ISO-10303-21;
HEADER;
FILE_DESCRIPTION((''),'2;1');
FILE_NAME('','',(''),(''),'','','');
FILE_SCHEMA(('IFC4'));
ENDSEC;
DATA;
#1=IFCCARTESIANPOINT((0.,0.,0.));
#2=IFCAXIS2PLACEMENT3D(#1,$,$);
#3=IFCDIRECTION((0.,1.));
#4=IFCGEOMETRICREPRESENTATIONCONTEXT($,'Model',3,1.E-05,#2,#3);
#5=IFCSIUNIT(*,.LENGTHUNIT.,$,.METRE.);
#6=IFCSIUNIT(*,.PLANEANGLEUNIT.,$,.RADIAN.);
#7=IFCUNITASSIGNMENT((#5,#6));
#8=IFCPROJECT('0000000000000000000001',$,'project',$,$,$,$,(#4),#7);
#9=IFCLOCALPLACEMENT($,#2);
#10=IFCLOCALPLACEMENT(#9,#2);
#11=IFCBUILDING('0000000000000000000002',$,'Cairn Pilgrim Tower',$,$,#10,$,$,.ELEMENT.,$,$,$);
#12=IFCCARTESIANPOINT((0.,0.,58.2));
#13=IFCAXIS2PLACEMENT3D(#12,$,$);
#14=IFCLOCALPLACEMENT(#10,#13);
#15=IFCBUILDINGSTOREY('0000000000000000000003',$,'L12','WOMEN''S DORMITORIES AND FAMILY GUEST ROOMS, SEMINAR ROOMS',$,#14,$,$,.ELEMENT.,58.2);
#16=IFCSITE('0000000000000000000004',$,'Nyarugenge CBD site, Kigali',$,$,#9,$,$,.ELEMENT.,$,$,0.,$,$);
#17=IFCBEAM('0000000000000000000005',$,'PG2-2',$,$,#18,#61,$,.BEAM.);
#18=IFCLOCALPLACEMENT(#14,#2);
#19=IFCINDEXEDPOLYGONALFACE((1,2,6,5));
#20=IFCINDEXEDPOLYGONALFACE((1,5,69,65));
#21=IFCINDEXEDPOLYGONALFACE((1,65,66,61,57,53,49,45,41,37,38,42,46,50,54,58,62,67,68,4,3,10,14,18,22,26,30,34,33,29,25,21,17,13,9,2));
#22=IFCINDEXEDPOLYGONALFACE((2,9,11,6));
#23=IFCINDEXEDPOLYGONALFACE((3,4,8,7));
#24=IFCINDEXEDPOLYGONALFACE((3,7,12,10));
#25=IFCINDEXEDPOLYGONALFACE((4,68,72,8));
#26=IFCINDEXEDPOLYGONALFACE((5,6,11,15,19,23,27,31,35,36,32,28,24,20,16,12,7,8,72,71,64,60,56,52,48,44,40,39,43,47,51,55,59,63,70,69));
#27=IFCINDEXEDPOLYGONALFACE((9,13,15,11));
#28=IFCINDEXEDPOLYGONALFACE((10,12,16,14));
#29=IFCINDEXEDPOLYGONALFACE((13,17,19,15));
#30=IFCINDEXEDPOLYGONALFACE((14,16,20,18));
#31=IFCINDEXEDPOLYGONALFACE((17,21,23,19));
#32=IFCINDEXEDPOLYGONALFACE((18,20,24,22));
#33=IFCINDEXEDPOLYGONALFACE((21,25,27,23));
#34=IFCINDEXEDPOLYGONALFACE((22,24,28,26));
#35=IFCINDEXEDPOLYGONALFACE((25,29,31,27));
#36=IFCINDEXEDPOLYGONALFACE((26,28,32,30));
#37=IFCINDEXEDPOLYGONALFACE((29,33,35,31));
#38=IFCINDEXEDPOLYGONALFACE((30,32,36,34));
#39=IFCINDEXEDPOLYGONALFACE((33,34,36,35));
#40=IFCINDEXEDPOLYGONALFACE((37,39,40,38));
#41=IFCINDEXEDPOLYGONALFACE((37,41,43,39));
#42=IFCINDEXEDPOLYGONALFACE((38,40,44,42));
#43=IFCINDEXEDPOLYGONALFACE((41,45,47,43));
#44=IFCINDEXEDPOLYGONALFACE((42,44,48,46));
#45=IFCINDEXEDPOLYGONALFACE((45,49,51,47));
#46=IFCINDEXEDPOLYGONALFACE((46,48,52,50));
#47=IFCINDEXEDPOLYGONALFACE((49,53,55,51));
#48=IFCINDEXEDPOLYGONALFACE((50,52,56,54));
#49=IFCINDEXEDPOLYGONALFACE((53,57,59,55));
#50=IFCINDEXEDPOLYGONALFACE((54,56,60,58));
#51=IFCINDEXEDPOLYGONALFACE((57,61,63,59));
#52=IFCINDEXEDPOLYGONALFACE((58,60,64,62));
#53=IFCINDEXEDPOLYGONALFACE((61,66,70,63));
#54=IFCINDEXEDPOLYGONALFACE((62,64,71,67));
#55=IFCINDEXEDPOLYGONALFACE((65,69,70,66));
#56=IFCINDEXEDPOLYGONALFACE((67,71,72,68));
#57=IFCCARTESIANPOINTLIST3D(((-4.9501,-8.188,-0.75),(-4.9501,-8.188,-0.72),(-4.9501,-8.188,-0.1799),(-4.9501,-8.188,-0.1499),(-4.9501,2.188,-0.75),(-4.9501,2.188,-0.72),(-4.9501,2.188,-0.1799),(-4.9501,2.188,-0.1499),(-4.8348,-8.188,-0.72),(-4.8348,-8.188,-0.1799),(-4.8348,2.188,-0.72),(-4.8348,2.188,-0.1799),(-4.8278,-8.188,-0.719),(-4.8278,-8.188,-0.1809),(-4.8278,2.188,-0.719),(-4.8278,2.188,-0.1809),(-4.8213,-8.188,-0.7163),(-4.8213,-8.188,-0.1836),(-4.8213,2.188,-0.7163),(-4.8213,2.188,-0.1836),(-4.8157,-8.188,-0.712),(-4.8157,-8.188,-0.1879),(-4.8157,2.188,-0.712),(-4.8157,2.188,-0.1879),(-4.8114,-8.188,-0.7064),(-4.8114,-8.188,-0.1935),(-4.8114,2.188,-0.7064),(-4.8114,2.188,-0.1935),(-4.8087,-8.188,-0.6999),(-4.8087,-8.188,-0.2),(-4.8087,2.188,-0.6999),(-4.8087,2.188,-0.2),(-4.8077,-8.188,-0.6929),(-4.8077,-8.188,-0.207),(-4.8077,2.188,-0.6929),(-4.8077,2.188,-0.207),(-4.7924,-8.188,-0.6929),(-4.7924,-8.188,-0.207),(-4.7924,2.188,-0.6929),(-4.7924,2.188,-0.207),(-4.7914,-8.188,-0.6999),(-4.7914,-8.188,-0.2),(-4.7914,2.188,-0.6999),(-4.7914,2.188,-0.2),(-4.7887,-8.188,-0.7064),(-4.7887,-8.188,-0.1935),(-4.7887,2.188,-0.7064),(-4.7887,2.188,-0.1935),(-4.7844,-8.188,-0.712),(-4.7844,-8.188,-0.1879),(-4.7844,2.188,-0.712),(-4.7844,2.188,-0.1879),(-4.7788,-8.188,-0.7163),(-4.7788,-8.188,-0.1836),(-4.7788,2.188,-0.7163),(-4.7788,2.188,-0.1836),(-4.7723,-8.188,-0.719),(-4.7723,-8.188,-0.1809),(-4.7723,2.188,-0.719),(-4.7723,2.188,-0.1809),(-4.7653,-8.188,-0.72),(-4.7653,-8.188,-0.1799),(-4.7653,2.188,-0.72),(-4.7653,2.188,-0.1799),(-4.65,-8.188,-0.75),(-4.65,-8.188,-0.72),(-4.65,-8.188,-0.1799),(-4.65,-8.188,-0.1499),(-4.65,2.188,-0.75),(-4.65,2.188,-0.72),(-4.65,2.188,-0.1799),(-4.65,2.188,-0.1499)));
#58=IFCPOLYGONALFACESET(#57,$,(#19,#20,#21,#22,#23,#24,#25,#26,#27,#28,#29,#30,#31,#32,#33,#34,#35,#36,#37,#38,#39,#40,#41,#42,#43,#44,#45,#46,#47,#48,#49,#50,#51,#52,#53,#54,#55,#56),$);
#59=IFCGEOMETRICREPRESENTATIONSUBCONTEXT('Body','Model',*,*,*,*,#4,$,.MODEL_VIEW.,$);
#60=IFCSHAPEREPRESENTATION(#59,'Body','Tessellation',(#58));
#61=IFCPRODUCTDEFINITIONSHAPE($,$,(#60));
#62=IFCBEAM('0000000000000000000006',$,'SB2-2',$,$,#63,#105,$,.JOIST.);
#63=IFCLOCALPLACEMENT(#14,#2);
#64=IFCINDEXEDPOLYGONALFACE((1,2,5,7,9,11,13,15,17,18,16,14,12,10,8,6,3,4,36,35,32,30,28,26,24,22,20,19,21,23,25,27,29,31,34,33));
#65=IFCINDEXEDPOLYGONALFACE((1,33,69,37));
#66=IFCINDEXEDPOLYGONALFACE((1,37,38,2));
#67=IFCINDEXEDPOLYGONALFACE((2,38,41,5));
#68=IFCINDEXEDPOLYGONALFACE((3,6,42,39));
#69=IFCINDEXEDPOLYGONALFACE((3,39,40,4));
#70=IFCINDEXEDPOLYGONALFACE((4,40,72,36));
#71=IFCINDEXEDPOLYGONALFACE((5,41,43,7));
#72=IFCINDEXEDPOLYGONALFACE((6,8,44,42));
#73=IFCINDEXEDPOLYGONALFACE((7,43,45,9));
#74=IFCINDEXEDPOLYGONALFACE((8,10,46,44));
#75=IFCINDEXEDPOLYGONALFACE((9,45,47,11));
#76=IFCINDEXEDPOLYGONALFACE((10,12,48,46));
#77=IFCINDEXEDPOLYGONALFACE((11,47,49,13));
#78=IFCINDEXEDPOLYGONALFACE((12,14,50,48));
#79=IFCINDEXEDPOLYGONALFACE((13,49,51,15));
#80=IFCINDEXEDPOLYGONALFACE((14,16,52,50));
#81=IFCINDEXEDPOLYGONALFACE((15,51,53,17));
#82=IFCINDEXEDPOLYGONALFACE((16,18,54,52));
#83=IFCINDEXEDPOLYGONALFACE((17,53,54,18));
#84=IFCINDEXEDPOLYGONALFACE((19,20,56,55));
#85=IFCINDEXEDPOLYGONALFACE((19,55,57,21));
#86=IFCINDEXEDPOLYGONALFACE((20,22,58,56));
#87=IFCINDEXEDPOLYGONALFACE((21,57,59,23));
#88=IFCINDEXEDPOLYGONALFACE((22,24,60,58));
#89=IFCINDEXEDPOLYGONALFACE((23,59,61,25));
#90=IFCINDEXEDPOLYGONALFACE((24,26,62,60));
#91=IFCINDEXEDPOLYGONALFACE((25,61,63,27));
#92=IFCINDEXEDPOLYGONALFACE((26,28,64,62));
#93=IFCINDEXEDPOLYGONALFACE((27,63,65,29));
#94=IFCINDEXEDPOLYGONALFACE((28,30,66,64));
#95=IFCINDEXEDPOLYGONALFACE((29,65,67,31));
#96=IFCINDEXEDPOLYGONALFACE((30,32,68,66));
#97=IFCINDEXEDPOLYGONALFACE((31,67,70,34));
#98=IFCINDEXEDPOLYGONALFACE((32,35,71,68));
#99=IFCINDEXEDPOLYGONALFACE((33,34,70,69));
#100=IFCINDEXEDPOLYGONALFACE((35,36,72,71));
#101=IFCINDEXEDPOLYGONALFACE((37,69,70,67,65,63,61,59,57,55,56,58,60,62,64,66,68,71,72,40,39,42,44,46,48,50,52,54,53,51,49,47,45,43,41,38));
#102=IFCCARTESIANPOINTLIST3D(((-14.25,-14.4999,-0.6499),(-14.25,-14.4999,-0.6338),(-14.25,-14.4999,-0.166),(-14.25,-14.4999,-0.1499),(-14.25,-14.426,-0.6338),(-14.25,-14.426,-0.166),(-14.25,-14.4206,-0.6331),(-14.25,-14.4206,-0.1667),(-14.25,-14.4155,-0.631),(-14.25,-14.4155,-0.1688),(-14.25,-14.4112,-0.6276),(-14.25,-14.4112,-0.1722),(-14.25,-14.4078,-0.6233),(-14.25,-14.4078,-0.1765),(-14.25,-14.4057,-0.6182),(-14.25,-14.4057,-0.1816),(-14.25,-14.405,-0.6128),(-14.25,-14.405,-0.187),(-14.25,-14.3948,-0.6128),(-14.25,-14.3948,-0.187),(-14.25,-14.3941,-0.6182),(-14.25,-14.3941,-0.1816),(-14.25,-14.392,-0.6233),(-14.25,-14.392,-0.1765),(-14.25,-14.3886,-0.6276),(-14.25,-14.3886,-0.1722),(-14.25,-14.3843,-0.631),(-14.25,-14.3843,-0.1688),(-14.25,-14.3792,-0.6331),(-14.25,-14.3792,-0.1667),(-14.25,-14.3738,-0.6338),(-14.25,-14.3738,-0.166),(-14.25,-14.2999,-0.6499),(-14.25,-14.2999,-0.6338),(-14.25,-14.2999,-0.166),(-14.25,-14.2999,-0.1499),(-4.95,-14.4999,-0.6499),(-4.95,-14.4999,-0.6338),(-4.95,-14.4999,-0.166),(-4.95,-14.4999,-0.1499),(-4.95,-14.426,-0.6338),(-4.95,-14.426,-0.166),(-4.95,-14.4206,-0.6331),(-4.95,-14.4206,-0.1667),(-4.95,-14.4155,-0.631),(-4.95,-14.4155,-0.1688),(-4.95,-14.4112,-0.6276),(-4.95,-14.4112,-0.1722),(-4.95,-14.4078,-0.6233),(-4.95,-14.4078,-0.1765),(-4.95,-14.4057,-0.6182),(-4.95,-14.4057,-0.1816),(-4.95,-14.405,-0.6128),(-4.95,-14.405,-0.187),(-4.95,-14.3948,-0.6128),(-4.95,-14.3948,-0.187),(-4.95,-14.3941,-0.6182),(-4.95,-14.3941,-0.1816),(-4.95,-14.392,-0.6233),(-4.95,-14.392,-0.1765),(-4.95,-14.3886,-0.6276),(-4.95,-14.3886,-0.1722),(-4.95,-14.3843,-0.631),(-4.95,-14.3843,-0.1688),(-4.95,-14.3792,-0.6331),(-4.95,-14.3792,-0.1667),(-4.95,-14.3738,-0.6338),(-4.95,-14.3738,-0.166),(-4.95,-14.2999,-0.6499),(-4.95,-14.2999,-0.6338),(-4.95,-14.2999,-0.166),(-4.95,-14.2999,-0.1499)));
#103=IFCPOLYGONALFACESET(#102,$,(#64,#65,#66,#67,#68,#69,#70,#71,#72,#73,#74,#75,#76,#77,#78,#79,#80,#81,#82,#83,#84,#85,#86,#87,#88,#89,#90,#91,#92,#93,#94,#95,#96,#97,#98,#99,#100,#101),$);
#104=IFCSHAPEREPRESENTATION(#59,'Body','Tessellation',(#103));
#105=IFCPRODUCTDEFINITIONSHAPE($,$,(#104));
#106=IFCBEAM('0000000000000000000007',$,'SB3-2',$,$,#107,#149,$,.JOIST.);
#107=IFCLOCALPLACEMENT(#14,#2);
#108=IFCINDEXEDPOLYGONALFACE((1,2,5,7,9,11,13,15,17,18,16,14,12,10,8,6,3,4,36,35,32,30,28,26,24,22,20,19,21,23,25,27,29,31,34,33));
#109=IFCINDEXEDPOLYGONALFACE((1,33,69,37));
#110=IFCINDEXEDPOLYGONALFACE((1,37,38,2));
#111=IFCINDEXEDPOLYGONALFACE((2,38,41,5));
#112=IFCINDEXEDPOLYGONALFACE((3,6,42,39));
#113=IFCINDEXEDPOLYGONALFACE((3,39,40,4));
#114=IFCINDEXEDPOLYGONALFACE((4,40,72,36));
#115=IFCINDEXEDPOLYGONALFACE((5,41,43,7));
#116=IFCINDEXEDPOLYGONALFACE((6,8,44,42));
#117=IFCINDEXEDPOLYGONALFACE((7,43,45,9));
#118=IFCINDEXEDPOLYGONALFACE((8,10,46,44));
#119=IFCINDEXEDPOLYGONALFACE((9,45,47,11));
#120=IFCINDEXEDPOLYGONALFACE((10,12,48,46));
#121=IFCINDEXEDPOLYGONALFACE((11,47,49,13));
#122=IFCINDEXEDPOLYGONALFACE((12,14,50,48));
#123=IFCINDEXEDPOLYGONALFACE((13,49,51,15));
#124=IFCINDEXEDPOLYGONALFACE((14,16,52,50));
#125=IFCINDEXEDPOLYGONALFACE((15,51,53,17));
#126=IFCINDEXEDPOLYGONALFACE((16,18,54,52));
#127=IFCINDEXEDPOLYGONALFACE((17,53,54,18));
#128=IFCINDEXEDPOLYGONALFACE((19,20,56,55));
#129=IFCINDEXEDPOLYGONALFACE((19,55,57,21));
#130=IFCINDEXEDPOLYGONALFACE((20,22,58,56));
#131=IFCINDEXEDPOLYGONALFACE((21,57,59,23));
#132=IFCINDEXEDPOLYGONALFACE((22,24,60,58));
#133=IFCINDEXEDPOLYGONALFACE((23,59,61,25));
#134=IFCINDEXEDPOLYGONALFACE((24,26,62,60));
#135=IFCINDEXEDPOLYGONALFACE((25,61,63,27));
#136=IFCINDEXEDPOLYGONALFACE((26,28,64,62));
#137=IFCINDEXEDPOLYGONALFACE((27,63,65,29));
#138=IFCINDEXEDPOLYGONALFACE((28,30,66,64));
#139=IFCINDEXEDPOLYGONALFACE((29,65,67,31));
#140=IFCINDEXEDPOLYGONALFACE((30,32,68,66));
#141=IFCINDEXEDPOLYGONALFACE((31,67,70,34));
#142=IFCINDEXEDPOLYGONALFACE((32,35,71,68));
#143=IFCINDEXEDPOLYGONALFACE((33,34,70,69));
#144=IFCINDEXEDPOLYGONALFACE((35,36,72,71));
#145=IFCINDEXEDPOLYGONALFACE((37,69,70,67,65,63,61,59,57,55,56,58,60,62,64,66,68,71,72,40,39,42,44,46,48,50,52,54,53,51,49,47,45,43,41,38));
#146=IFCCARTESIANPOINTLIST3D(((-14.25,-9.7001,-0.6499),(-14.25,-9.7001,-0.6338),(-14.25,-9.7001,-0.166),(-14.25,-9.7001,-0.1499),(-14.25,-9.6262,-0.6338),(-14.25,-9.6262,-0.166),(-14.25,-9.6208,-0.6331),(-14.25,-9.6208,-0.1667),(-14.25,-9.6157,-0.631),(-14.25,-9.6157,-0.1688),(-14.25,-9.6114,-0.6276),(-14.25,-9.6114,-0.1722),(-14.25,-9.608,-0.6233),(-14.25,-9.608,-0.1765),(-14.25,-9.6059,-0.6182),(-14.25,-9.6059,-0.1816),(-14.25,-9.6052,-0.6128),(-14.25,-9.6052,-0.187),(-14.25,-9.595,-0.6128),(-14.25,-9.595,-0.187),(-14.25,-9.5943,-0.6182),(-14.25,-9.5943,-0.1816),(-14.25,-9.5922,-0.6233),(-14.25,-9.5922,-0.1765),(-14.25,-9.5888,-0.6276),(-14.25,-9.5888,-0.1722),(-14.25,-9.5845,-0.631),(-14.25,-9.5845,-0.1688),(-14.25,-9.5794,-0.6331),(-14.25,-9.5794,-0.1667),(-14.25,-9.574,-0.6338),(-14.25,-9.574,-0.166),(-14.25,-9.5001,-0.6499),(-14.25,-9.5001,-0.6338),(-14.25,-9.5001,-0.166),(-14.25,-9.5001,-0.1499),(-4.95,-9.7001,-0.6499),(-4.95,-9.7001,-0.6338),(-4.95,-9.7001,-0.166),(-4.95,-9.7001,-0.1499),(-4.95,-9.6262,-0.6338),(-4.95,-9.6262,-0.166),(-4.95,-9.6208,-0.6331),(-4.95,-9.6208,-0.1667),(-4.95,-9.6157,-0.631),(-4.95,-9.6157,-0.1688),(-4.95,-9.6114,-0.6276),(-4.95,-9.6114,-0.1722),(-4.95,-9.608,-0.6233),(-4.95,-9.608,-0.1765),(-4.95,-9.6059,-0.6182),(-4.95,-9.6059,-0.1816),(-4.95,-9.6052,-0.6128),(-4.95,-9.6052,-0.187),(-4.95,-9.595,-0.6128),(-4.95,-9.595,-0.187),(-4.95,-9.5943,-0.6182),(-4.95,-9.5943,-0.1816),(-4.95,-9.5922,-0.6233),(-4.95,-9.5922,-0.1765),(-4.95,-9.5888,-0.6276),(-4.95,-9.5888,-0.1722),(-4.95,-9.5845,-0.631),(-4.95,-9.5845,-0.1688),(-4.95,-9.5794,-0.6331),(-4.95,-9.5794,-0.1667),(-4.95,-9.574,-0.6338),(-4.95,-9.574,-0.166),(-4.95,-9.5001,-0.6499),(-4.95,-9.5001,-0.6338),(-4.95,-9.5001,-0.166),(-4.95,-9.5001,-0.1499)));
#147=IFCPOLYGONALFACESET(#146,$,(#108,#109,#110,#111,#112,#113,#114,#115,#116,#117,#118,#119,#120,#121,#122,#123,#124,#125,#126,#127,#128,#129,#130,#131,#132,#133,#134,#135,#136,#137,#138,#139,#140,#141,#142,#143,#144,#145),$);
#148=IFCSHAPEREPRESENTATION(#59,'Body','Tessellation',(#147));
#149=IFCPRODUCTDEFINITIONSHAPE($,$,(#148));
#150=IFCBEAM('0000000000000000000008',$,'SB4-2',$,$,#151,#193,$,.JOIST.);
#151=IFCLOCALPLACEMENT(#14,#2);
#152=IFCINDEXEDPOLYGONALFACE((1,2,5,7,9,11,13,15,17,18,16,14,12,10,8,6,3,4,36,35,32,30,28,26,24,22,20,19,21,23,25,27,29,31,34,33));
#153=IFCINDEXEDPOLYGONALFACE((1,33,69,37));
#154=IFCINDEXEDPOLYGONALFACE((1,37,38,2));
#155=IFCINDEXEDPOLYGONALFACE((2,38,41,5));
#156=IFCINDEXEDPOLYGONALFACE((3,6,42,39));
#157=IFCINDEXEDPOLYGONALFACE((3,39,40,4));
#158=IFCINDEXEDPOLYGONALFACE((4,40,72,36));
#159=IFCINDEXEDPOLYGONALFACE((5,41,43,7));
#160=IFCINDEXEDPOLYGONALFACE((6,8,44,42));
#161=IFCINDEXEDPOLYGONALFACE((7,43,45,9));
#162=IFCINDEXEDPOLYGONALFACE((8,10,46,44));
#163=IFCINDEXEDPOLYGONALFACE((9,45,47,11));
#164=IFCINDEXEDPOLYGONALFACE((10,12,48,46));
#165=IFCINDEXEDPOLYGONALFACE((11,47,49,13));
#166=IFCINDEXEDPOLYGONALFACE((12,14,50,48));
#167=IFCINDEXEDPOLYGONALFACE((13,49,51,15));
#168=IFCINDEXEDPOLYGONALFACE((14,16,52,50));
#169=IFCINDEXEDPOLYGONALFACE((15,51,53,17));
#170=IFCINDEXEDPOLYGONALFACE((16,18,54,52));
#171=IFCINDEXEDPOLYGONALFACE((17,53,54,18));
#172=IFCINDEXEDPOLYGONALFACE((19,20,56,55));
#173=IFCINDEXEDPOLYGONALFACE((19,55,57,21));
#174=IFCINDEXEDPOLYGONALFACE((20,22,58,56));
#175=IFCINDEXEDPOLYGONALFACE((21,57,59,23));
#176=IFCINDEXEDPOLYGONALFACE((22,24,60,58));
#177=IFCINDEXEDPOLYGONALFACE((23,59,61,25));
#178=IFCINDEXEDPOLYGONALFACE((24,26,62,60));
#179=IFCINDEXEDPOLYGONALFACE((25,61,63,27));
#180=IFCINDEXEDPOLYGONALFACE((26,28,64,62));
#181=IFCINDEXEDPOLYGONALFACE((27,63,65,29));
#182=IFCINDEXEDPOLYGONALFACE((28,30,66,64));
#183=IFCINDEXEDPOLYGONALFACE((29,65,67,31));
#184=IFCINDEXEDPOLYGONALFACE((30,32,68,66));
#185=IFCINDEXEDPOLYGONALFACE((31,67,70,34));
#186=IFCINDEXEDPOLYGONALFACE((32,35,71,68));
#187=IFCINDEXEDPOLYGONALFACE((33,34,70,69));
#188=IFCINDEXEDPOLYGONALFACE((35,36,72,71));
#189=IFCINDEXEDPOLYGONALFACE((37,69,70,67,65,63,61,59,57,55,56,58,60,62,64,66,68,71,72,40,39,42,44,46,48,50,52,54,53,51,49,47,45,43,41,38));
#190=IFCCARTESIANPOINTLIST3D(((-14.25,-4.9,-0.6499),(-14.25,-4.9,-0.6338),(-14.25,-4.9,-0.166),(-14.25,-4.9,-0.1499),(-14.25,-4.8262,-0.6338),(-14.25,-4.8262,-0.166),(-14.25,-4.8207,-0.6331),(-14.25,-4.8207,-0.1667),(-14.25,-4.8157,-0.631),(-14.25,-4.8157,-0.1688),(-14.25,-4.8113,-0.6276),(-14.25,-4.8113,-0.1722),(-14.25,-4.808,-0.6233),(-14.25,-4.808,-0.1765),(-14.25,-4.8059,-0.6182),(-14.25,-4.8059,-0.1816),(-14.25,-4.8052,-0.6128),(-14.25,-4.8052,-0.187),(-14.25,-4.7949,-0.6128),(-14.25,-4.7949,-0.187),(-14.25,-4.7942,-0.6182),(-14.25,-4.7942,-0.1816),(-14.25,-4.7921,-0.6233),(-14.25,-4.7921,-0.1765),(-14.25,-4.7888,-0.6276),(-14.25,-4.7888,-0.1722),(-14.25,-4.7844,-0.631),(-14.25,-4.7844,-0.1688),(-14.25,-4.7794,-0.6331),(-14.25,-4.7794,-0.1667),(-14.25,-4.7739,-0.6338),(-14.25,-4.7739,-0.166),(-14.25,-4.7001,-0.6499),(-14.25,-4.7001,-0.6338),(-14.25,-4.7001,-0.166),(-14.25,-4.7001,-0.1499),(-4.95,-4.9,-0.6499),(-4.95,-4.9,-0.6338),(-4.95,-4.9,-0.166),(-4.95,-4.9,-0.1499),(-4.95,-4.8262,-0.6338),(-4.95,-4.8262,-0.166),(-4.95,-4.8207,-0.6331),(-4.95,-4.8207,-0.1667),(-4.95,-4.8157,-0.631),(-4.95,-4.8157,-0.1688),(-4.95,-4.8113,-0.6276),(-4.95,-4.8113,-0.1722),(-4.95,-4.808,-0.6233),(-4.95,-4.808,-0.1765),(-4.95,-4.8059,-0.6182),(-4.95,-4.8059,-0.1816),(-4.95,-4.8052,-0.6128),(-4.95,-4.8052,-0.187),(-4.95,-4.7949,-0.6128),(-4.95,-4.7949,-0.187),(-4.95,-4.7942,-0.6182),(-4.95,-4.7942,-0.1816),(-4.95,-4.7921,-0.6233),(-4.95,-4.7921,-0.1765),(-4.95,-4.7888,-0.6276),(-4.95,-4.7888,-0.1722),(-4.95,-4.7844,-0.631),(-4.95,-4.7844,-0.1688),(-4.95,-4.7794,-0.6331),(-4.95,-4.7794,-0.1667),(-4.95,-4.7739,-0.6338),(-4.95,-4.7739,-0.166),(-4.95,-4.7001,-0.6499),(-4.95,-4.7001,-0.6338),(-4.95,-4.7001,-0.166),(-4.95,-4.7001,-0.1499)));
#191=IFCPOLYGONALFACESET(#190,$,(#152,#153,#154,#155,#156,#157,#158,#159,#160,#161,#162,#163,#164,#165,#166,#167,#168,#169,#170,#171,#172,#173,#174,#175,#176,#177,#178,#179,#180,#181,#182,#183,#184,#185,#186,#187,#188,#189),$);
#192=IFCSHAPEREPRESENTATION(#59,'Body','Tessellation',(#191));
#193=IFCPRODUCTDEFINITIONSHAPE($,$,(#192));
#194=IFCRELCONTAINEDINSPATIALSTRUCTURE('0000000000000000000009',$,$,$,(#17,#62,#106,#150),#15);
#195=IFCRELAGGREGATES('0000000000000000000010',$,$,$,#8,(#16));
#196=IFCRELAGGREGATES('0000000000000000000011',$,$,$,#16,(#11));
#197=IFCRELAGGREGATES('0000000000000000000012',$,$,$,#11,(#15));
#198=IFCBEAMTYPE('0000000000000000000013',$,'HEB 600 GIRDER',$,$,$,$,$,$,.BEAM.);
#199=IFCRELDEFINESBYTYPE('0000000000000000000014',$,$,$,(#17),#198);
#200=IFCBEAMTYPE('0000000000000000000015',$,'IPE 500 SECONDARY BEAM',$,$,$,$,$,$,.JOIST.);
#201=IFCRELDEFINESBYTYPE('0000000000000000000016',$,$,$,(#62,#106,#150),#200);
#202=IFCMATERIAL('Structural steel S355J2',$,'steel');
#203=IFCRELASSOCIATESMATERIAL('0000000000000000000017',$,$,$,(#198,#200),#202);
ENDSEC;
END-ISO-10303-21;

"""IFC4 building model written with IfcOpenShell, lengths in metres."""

from ifc_helpers import new_model, si_unit, direction, frame, origin, origin_2d, place, context, subcontext, project, spatial, i_section, extrude, material, material_profile, profile_set, type_object, element, save


model = new_model("IFC4")

# Units and contexts
model_context = context("Model", 3, precision=1e-05, world=origin(), true_north=direction((0.0, 1.0)))
body_context = subcontext(model_context, "Body", "Model", "MODEL_VIEW")
ifc_project = project(units=[si_unit("LENGTHUNIT", "METRE"), si_unit("PLANEANGLEUNIT", "RADIAN")], contexts=[model_context])

# Site, building, storey
site_placement = place(None, origin())
site = spatial("IfcSite", under=ifc_project, at=site_placement, Name="Nyarugenge CBD site, Kigali", CompositionType="ELEMENT", RefElevation=0.0)
building_placement = place(site_placement, origin())
building = spatial("IfcBuilding", under=site, at=building_placement, Name="Cairn Pilgrim Tower", CompositionType="ELEMENT")
storey_placement = place(building_placement, frame((0.0, 0.0, 58.2)))
storey = spatial("IfcBuildingStorey", under=building, at=storey_placement, Name="L12", Description="WOMEN'S DORMITORIES AND FAMILY GUEST ROOMS, SEMINAR ROOMS", CompositionType="ELEMENT", Elevation=58.2)

# Beams
ifc_material_1 = material(Name="Structural steel S355J2", Category="steel")
ifc_material_profile_1 = material_profile(ifc_material_1, i_section(OverallWidth=0.3, OverallDepth=0.6001, WebThickness=0.0154, FlangeThickness=0.03, FilletRadius=0.0271, at=origin_2d()), Name="HEB 600")
ifc_profile_set_1 = profile_set([ifc_material_profile_1], Name="Structural steel S355J2")
beam_type_1 = type_object("IfcBeamType", Name="HEB 600 GIRDER", PredefinedType="BEAM", material=ifc_profile_set_1)
beam_1_placement = place(storey_placement, frame((-4.8, -8.188, -0.45), z_axis=(0.0, 1.0, 0.0), x_axis=(-1.0, 0.0, 0.0)))
element("IfcBeam", 1, at=beam_1_placement, inside=storey, type_object=beam_type_1, Name="PG2-2", PredefinedType="BEAM", context=body_context, shape_type="SweptSolid", body=[
    extrude(i_section(OverallWidth=0.3, OverallDepth=0.6001, WebThickness=0.0154, FlangeThickness=0.03, FilletRadius=0.0271, at=origin_2d()), origin(), (0.0, 0.0, 1.0), 10.376),
])
ifc_material_profile_2 = material_profile(ifc_material_1, i_section(OverallWidth=0.2, OverallDepth=0.5, WebThickness=0.0103, FlangeThickness=0.0161, FilletRadius=0.021, at=origin_2d()), Name="IPE 500")
ifc_profile_set_2 = profile_set([ifc_material_profile_2], Name="Structural steel S355J2")
beam_type_2 = type_object("IfcBeamType", Name="IPE 500 SECONDARY BEAM", PredefinedType="JOIST", material=ifc_profile_set_2)
for number, where, z_axis, x_axis, name in (
    (2, (-14.25, -14.3999, -0.3999), (1.0, 0.0, 0.0), (0.0, 1.0, 0.0), "SB2-2"),
    (3, (-14.25, -9.6001, -0.3999), (1.0, 0.0, 0.0), (0.0, 1.0, 0.0), "SB3-2"),
    (4, (-14.25, -4.8, -0.3999), (1.0, 0.0, 0.0), (0.0, 1.0, 0.0), "SB4-2"),
):
    element("IfcBeam", number, at=place(storey_placement, frame(where, z_axis=z_axis, x_axis=x_axis)), inside=storey, type_object=beam_type_2, Name=name, PredefinedType="JOIST", context=body_context, shape_type="SweptSolid", body=[
        extrude(i_section(OverallWidth=0.2, OverallDepth=0.5, WebThickness=0.0103, FlangeThickness=0.0161, FilletRadius=0.021, at=origin_2d()), origin(), (0.0, 0.0, 1.0), 9.3),
    ])

save(model, "model.ifc")
